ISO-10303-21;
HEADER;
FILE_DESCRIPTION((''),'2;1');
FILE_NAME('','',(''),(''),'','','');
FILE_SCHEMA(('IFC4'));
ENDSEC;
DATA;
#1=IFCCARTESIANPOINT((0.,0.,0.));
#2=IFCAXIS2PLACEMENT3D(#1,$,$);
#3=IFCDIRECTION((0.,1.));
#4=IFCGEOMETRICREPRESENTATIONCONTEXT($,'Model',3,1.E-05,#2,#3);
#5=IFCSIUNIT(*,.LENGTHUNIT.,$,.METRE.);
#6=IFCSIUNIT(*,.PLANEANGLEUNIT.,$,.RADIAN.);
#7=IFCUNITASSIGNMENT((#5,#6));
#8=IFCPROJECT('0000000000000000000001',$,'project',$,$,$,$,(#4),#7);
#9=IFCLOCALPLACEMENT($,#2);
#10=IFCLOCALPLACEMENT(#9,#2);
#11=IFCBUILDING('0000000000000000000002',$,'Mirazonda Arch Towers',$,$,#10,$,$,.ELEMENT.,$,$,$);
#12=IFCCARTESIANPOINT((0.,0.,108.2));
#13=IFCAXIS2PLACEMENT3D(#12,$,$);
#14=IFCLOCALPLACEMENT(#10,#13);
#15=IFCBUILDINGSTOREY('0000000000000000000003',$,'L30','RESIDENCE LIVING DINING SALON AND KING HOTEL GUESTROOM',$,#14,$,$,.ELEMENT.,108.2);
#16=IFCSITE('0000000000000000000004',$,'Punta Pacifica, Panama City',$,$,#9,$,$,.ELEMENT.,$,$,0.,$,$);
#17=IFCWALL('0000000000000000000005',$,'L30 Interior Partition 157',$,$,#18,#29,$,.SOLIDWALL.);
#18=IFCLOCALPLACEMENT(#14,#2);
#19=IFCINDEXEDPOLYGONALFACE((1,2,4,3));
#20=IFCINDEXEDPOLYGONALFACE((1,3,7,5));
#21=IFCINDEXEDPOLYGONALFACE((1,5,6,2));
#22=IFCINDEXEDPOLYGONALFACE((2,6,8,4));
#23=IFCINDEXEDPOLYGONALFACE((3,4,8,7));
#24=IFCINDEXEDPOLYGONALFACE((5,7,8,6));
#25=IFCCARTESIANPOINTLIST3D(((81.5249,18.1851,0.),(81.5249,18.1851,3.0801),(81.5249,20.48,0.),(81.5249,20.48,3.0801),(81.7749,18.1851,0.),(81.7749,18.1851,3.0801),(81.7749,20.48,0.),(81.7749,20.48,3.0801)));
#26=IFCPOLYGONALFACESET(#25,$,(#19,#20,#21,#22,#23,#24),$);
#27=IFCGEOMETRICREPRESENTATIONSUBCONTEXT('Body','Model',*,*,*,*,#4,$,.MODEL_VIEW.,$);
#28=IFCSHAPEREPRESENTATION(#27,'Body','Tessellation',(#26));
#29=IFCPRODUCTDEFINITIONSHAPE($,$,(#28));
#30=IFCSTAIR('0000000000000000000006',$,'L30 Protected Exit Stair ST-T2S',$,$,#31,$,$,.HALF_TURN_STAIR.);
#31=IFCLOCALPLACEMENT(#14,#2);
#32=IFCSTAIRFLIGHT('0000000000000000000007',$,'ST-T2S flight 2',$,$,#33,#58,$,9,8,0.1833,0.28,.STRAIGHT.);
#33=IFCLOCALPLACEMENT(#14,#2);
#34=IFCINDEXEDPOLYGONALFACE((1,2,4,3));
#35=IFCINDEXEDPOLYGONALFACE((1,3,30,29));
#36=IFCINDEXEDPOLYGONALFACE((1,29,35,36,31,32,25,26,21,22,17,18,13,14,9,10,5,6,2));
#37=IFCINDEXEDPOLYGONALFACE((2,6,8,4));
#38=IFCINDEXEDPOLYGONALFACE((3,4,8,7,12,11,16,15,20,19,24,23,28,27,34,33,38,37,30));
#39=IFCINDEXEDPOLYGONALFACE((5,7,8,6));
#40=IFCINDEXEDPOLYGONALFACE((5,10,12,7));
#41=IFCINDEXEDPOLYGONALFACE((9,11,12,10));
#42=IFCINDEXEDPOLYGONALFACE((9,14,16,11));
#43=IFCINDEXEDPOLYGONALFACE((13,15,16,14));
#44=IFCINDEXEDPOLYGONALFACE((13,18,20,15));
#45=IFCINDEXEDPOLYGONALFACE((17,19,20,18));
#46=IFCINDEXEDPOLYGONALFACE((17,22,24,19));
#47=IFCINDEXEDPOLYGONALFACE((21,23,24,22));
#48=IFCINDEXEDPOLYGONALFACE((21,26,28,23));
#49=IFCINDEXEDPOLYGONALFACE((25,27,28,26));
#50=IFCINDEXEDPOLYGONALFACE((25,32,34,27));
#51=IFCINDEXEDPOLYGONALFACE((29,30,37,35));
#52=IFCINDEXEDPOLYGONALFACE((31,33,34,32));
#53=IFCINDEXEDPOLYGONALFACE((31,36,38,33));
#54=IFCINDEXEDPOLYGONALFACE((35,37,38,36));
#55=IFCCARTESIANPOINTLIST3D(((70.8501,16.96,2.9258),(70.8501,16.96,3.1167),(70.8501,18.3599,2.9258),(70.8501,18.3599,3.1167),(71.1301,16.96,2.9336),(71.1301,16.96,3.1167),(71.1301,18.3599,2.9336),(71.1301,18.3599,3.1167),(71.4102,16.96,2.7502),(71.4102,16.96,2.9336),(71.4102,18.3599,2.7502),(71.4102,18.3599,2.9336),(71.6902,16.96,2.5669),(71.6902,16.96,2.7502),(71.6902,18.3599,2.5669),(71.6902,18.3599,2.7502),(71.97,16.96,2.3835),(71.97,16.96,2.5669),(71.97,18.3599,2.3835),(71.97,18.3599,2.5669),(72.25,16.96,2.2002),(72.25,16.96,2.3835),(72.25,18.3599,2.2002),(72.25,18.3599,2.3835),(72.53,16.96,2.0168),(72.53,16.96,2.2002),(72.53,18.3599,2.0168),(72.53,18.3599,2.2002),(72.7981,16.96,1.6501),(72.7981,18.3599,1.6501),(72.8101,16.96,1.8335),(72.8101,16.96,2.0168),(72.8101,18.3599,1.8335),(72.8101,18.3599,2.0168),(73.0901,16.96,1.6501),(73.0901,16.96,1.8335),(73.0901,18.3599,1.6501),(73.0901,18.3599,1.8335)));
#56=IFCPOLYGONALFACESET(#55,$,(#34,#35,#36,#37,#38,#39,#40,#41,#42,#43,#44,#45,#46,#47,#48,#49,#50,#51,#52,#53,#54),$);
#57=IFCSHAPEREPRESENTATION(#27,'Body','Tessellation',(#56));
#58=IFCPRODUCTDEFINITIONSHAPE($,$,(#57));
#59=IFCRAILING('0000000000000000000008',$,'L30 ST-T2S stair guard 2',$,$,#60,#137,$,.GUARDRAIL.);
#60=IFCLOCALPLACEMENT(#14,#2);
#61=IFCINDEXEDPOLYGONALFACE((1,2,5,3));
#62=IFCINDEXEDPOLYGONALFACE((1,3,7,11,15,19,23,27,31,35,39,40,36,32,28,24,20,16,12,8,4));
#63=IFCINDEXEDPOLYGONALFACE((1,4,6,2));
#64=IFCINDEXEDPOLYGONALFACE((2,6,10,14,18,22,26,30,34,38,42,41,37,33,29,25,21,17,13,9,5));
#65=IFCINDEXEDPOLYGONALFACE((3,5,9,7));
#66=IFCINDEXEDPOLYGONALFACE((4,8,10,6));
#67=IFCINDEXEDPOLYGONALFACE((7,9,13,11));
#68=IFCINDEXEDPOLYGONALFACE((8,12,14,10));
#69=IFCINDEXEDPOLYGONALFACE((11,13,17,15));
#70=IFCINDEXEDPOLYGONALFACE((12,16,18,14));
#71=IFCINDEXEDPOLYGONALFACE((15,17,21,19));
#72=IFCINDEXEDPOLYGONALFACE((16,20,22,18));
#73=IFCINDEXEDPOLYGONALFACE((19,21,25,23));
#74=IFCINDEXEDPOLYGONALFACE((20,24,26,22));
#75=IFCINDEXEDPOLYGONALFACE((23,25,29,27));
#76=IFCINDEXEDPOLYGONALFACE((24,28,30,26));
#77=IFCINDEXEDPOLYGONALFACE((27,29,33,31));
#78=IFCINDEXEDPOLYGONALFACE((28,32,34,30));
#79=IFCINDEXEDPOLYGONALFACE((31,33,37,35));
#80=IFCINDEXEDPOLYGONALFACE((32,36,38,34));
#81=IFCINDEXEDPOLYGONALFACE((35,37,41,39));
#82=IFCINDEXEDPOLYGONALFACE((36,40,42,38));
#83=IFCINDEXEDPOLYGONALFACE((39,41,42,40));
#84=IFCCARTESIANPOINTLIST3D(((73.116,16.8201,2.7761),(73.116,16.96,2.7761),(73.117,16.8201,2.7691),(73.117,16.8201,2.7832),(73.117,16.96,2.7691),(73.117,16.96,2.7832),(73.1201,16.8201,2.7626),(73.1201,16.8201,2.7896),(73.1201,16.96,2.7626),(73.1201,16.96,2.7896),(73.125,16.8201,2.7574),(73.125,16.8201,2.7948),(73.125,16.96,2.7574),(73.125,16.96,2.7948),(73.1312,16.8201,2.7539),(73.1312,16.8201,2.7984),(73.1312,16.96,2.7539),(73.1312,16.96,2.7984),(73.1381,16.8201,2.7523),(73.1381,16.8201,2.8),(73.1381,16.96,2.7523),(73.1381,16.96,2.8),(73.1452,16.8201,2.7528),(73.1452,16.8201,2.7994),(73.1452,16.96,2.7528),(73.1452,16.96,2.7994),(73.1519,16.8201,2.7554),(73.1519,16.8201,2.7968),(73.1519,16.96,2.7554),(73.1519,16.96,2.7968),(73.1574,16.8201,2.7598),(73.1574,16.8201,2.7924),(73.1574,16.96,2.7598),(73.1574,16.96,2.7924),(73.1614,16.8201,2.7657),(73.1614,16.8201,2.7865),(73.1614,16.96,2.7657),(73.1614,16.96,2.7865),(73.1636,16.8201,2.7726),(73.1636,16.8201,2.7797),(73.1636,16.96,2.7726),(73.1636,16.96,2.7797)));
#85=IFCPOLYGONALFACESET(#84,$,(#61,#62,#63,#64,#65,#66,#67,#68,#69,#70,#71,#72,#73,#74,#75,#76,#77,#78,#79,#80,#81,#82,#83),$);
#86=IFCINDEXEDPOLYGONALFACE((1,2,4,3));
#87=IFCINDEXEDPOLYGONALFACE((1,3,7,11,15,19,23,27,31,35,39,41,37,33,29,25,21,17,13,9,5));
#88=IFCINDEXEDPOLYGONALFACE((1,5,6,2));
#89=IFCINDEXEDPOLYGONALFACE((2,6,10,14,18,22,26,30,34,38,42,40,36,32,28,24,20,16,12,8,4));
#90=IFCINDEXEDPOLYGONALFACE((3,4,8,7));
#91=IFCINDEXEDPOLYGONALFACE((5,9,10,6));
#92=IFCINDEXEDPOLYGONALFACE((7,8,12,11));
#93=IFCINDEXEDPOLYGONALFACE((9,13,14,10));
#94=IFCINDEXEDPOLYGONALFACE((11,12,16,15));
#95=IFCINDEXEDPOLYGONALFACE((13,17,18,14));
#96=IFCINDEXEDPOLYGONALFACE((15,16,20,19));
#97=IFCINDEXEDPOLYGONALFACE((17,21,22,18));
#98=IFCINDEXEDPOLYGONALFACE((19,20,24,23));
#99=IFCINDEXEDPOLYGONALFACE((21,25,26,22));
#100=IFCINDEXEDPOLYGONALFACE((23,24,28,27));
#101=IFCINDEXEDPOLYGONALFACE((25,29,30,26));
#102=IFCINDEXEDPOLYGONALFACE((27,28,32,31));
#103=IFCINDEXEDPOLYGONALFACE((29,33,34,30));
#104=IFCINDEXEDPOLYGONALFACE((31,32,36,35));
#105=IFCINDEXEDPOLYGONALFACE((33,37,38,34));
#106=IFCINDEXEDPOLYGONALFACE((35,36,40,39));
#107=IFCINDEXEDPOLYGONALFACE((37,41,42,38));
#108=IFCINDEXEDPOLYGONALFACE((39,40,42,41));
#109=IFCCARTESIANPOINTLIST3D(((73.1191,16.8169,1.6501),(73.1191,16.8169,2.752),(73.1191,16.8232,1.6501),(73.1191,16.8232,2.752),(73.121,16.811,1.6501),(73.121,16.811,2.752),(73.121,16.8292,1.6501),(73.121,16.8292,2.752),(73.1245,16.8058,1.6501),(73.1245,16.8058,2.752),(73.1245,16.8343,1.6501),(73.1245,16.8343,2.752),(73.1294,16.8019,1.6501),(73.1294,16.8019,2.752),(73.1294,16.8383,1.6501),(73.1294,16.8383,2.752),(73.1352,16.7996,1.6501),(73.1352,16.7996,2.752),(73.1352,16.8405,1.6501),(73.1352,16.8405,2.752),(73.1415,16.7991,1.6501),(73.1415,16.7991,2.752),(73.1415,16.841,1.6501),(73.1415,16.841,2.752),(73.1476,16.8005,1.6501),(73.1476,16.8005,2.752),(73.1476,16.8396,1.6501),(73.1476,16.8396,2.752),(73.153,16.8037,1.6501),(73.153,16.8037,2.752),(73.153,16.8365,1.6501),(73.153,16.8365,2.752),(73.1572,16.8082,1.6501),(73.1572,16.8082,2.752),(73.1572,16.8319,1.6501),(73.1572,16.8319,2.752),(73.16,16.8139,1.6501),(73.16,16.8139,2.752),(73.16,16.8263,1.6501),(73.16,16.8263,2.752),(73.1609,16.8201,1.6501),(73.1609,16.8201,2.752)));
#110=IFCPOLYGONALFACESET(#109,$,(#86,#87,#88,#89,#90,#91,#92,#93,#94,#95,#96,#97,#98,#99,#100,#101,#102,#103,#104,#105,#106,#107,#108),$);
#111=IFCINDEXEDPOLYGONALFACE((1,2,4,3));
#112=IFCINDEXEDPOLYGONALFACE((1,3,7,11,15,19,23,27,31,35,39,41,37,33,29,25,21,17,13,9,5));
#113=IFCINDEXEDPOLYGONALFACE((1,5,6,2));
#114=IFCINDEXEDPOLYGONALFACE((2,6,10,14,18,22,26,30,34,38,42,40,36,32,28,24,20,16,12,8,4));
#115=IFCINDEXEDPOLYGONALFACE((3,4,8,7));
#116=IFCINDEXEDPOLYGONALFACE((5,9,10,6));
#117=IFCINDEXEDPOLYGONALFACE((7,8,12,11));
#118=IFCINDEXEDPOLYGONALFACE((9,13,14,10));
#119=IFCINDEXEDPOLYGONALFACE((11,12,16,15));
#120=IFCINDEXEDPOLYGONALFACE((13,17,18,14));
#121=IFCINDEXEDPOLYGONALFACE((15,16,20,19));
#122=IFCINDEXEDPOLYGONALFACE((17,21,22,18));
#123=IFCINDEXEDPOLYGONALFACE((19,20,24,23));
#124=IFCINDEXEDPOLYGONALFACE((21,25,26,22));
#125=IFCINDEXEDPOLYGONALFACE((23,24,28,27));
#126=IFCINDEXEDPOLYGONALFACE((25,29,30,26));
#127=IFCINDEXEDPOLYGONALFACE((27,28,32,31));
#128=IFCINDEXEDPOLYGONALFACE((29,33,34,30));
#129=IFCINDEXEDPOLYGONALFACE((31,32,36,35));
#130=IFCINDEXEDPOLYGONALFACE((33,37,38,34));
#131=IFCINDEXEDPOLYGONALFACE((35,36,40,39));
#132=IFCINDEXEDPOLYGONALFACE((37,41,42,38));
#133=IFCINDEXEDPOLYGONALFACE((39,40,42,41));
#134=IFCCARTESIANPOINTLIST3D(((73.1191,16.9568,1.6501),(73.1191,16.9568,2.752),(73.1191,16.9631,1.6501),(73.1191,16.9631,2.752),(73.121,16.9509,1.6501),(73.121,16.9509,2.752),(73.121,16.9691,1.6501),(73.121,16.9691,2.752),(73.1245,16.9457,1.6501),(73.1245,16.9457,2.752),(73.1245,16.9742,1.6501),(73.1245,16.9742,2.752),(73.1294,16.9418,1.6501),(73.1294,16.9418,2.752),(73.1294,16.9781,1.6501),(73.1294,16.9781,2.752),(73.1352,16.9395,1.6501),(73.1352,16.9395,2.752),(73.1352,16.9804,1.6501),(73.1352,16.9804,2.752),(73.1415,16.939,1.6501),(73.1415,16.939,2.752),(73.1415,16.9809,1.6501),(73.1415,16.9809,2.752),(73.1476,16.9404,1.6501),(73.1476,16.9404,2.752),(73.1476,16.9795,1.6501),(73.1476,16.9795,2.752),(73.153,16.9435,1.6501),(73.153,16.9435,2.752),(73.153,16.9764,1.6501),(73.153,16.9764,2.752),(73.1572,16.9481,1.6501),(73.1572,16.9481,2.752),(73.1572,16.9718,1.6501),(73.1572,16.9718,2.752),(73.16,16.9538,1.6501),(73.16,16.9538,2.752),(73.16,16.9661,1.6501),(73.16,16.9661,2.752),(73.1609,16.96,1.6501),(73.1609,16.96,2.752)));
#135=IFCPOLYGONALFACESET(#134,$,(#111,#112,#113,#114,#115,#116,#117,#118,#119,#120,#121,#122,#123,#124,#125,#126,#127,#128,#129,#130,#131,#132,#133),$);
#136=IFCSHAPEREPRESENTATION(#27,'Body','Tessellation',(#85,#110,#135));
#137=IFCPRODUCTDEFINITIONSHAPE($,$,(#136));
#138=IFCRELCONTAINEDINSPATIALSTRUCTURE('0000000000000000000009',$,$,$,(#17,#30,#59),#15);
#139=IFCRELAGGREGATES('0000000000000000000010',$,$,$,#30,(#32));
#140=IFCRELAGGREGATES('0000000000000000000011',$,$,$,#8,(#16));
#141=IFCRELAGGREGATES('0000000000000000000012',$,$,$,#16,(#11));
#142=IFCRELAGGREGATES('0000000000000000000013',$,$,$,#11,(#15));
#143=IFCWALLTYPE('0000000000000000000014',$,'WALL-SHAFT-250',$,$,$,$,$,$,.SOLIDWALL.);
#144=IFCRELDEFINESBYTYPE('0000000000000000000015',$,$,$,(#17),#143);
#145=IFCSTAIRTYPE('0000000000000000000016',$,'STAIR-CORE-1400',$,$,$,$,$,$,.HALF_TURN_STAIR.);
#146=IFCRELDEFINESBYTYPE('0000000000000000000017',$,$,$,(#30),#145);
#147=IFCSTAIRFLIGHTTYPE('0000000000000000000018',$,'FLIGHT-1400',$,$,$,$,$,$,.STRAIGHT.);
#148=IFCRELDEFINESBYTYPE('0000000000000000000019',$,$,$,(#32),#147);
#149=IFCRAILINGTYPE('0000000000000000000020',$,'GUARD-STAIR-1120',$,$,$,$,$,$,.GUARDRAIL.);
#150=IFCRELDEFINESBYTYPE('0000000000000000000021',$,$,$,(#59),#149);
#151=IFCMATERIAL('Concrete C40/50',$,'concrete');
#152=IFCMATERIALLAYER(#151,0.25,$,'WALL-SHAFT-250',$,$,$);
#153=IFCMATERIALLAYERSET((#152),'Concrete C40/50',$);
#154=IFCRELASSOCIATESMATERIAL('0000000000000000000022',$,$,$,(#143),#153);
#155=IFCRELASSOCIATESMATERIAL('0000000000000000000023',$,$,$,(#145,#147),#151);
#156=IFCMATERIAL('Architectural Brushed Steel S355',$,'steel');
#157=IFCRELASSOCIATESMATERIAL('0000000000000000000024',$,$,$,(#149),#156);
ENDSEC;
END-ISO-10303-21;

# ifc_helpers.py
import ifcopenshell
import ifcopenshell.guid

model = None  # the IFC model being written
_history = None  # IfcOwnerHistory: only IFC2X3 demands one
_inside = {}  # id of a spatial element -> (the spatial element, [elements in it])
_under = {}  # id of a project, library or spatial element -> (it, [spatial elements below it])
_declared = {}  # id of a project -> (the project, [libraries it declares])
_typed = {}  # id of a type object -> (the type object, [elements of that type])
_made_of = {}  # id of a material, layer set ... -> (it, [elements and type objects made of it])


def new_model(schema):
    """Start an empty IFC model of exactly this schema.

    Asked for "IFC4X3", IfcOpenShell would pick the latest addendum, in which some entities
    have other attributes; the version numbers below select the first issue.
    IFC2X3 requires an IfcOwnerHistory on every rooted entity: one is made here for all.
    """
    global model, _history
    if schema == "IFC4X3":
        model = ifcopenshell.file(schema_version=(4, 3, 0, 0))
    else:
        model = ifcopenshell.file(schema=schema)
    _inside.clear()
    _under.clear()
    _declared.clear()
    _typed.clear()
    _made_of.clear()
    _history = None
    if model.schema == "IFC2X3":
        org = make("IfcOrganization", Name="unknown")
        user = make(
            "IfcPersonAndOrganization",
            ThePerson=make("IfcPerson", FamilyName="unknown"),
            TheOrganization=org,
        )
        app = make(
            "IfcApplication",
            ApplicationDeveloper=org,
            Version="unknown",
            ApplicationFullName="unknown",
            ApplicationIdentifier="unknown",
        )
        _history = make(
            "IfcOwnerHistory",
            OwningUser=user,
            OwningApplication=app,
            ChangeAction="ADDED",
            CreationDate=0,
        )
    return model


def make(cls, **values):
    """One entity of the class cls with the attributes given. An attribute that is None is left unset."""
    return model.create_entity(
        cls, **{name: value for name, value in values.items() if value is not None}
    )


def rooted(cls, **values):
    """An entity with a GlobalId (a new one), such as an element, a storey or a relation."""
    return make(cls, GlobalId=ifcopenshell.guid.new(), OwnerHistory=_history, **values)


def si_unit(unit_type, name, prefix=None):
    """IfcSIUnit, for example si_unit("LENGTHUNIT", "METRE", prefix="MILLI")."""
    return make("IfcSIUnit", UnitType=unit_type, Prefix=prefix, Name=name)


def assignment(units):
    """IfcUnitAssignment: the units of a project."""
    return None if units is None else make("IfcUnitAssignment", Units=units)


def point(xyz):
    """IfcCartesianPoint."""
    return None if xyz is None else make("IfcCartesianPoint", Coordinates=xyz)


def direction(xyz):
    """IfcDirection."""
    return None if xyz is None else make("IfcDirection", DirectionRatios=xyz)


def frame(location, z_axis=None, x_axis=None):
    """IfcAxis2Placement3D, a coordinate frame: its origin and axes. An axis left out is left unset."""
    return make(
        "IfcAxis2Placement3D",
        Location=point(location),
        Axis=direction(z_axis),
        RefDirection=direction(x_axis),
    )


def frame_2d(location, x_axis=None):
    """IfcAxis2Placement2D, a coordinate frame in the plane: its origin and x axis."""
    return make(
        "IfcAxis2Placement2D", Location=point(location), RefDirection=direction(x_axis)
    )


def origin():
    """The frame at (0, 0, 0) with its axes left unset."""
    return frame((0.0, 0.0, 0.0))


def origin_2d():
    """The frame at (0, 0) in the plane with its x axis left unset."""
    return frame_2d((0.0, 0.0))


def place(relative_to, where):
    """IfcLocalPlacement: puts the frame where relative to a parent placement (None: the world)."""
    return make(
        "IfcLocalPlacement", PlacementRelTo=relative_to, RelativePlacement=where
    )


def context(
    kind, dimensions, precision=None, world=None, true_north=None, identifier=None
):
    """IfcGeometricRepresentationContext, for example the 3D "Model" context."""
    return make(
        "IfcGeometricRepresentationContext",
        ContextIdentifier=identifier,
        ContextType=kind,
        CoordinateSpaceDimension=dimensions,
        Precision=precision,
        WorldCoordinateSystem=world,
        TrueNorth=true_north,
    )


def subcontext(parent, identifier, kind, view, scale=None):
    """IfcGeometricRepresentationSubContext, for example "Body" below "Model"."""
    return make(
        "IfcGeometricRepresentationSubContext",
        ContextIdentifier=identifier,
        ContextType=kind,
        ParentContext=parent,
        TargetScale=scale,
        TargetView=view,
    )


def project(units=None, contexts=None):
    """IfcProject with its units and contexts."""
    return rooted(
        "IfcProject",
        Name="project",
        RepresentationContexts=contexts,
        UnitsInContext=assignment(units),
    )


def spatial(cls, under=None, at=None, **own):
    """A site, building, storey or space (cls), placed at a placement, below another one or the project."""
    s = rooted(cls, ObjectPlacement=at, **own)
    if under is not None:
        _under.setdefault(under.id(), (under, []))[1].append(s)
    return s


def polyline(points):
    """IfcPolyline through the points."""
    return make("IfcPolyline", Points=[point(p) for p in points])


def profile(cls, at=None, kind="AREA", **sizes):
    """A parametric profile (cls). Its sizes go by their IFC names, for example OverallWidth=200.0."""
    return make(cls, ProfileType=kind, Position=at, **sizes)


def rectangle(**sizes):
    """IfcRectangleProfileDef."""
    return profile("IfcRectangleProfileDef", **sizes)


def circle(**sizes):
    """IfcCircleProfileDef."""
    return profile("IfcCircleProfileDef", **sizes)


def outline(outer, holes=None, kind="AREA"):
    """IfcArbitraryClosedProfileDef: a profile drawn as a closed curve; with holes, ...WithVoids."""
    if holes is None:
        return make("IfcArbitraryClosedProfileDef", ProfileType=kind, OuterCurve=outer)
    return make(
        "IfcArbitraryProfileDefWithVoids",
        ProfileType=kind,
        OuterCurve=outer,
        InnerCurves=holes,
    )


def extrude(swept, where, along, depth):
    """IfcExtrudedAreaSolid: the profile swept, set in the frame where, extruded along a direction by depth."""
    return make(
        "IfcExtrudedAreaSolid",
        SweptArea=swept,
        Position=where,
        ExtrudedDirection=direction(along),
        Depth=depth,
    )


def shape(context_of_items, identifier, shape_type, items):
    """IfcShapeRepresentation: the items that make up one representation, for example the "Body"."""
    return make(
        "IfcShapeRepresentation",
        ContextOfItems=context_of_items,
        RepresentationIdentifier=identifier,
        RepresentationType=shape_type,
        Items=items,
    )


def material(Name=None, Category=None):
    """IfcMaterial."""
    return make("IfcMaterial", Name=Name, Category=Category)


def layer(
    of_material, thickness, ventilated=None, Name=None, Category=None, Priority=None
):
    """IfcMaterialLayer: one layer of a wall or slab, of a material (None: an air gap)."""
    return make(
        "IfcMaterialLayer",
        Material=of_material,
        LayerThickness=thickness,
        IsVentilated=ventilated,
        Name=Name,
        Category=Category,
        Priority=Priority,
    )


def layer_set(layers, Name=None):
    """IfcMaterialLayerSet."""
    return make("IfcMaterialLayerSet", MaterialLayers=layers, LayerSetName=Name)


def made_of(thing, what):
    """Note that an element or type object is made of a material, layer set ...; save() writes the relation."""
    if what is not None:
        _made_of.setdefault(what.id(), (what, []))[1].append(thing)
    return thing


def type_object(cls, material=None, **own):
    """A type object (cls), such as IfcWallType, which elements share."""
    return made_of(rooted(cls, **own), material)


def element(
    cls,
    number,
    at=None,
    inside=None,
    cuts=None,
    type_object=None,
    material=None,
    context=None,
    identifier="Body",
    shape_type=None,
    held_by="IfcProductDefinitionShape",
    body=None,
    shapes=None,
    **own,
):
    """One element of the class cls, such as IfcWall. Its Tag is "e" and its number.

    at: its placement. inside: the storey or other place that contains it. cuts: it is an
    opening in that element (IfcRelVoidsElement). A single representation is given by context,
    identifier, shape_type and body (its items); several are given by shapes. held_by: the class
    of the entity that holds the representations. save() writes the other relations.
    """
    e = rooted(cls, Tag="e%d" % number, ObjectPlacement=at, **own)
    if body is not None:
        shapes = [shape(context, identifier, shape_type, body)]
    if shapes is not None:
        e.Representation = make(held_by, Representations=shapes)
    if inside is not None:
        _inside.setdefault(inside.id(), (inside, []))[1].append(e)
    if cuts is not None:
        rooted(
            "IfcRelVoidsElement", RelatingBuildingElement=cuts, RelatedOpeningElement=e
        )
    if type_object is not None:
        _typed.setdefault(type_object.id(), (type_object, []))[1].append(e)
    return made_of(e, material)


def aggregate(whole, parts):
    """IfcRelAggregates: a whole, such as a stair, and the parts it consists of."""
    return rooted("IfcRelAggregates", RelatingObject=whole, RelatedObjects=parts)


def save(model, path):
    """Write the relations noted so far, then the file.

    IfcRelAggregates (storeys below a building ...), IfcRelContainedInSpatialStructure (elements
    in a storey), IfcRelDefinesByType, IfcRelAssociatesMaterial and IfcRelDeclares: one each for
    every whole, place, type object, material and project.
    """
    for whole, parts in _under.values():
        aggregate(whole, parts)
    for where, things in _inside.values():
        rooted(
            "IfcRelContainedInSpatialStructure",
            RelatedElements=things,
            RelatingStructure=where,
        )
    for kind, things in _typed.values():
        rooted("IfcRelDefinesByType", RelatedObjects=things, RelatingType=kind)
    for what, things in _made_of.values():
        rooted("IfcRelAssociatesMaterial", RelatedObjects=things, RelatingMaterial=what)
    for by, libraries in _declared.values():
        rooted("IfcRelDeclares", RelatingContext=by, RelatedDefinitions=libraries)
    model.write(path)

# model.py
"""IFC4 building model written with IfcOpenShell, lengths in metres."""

from ifc_helpers import new_model, si_unit, direction, frame, frame_2d, origin, origin_2d, place, context, subcontext, project, spatial, polyline, rectangle, circle, outline, extrude, material, layer, layer_set, type_object, element, aggregate, save


model = new_model("IFC4")

# Units and contexts
model_context = context("Model", 3, precision=1e-05, world=origin(), true_north=direction((0.0, 1.0)))
body_context = subcontext(model_context, "Body", "Model", "MODEL_VIEW")
ifc_project = project(units=[si_unit("LENGTHUNIT", "METRE"), si_unit("PLANEANGLEUNIT", "RADIAN")], contexts=[model_context])

# Site, building, storey
site_placement = place(None, origin())
site = spatial("IfcSite", under=ifc_project, at=site_placement, Name="Punta Pacifica, Panama City", CompositionType="ELEMENT", RefElevation=0.0)
building_placement = place(site_placement, origin())
building = spatial("IfcBuilding", under=site, at=building_placement, Name="Mirazonda Arch Towers", CompositionType="ELEMENT")
storey_placement = place(building_placement, frame((0.0, 0.0, 108.2)))
storey = spatial("IfcBuildingStorey", under=building, at=storey_placement, Name="L30", Description="RESIDENCE LIVING DINING SALON AND KING HOTEL GUESTROOM", CompositionType="ELEMENT", Elevation=108.2)

# Wall
ifc_material_1 = material(Name="Concrete C40/50", Category="concrete")
ifc_layer_1 = layer(ifc_material_1, 0.25, Name="WALL-SHAFT-250")
ifc_layer_set_1 = layer_set([ifc_layer_1], Name="Concrete C40/50")
wall_type_1 = type_object("IfcWallType", Name="WALL-SHAFT-250", PredefinedType="SOLIDWALL", material=ifc_layer_set_1)
wall_1_placement = place(storey_placement, frame((81.6499, 18.1851, 0.0), z_axis=(0.0, 0.0, 1.0), x_axis=(0.0, 1.0, 0.0)))
element("IfcWall", 1, at=wall_1_placement, inside=storey, type_object=wall_type_1, Name="L30 Interior Partition 157", PredefinedType="SOLIDWALL", context=body_context, shape_type="SweptSolid", body=[
    extrude(rectangle(XDim=2.2949, YDim=0.25, at=frame_2d((1.1475, 0.0))), origin(), (0.0, 0.0, 1.0), 3.0801),
])

# Stair, stair flight
stair_type = type_object("IfcStairType", Name="STAIR-CORE-1400", PredefinedType="HALF_TURN_STAIR", material=ifc_material_1)
stair_placement = place(storey_placement, origin())
stair = element("IfcStair", 2, at=stair_placement, inside=storey, type_object=stair_type, Name="L30 Protected Exit Stair ST-T2S", PredefinedType="HALF_TURN_STAIR")
stair_flight_type = type_object("IfcStairFlightType", Name="FLIGHT-1400", PredefinedType="STRAIGHT", material=ifc_material_1)
stair_flight_placement = place(storey_placement, frame((73.0901, 17.6599, 1.6501), z_axis=(0.0, 0.0, 1.0), x_axis=(-1.0, 0.0, 0.0)))
stair_flight = element("IfcStairFlight", 3, at=stair_flight_placement, type_object=stair_flight_type, Name="ST-T2S flight 2", NumberOfRisers=9, NumberOfTreads=8, PredefinedType="STRAIGHT", RiserHeight=0.1833, TreadLength=0.28, context=body_context, shape_type="SweptSolid", body=[
    extrude(outline(polyline([(0.0, 0.0), (0.0, 0.1833), (0.28, 0.1833), (0.28, 0.3667), (0.5601, 0.3667), (0.5601, 0.55), (0.8401, 0.55), (0.8401, 0.7334), (1.1201, 0.7334), (1.1201, 0.9167), (1.3999, 0.9167), (1.3999, 1.1001), (1.6799, 1.1001), (1.6799, 1.2834), (1.96, 1.2834), (1.96, 1.4666), (2.24, 1.4666), (2.24, 1.6499), (2.24, 1.2756), (0.292, 0.0), (0.0, 0.0)])), frame((0.0, 0.7, 0.0), z_axis=(0.0, -1.0, 0.0), x_axis=(1.0, 0.0, 0.0)), (0.0, 0.0, 1.0), 1.3999),
])
aggregate(stair, [stair_flight])

# Railing
ifc_material_2 = material(Name="Architectural Brushed Steel S355", Category="steel")
railing_type_1 = type_object("IfcRailingType", Name="GUARD-STAIR-1120", PredefinedType="GUARDRAIL", material=ifc_material_2)
railing_1_placement = place(storey_placement, frame((73.1399, 16.8201, 1.6501)))
element("IfcRailing", 4, at=railing_1_placement, inside=storey, type_object=railing_type_1, Name="L30 ST-T2S stair guard 2", PredefinedType="GUARDRAIL", context=body_context, shape_type="SweptSolid", body=[
    extrude(circle(Radius=0.0239, at=origin_2d()), frame((0.0, 0.0, 1.126), z_axis=(0.0, 1.0, 0.0), x_axis=(-1.0, 0.0, 0.0)), (0.0, 0.0, 1.0), 0.1399),
    extrude(circle(Radius=0.021, at=origin_2d()), origin(), (0.0, 0.0, 1.0), 1.1018),
    extrude(circle(Radius=0.021, at=origin_2d()), frame((0.0, 0.1399, 0.0)), (0.0, 0.0, 1.0), 1.1018),
])

save(model, "model.ifc")
